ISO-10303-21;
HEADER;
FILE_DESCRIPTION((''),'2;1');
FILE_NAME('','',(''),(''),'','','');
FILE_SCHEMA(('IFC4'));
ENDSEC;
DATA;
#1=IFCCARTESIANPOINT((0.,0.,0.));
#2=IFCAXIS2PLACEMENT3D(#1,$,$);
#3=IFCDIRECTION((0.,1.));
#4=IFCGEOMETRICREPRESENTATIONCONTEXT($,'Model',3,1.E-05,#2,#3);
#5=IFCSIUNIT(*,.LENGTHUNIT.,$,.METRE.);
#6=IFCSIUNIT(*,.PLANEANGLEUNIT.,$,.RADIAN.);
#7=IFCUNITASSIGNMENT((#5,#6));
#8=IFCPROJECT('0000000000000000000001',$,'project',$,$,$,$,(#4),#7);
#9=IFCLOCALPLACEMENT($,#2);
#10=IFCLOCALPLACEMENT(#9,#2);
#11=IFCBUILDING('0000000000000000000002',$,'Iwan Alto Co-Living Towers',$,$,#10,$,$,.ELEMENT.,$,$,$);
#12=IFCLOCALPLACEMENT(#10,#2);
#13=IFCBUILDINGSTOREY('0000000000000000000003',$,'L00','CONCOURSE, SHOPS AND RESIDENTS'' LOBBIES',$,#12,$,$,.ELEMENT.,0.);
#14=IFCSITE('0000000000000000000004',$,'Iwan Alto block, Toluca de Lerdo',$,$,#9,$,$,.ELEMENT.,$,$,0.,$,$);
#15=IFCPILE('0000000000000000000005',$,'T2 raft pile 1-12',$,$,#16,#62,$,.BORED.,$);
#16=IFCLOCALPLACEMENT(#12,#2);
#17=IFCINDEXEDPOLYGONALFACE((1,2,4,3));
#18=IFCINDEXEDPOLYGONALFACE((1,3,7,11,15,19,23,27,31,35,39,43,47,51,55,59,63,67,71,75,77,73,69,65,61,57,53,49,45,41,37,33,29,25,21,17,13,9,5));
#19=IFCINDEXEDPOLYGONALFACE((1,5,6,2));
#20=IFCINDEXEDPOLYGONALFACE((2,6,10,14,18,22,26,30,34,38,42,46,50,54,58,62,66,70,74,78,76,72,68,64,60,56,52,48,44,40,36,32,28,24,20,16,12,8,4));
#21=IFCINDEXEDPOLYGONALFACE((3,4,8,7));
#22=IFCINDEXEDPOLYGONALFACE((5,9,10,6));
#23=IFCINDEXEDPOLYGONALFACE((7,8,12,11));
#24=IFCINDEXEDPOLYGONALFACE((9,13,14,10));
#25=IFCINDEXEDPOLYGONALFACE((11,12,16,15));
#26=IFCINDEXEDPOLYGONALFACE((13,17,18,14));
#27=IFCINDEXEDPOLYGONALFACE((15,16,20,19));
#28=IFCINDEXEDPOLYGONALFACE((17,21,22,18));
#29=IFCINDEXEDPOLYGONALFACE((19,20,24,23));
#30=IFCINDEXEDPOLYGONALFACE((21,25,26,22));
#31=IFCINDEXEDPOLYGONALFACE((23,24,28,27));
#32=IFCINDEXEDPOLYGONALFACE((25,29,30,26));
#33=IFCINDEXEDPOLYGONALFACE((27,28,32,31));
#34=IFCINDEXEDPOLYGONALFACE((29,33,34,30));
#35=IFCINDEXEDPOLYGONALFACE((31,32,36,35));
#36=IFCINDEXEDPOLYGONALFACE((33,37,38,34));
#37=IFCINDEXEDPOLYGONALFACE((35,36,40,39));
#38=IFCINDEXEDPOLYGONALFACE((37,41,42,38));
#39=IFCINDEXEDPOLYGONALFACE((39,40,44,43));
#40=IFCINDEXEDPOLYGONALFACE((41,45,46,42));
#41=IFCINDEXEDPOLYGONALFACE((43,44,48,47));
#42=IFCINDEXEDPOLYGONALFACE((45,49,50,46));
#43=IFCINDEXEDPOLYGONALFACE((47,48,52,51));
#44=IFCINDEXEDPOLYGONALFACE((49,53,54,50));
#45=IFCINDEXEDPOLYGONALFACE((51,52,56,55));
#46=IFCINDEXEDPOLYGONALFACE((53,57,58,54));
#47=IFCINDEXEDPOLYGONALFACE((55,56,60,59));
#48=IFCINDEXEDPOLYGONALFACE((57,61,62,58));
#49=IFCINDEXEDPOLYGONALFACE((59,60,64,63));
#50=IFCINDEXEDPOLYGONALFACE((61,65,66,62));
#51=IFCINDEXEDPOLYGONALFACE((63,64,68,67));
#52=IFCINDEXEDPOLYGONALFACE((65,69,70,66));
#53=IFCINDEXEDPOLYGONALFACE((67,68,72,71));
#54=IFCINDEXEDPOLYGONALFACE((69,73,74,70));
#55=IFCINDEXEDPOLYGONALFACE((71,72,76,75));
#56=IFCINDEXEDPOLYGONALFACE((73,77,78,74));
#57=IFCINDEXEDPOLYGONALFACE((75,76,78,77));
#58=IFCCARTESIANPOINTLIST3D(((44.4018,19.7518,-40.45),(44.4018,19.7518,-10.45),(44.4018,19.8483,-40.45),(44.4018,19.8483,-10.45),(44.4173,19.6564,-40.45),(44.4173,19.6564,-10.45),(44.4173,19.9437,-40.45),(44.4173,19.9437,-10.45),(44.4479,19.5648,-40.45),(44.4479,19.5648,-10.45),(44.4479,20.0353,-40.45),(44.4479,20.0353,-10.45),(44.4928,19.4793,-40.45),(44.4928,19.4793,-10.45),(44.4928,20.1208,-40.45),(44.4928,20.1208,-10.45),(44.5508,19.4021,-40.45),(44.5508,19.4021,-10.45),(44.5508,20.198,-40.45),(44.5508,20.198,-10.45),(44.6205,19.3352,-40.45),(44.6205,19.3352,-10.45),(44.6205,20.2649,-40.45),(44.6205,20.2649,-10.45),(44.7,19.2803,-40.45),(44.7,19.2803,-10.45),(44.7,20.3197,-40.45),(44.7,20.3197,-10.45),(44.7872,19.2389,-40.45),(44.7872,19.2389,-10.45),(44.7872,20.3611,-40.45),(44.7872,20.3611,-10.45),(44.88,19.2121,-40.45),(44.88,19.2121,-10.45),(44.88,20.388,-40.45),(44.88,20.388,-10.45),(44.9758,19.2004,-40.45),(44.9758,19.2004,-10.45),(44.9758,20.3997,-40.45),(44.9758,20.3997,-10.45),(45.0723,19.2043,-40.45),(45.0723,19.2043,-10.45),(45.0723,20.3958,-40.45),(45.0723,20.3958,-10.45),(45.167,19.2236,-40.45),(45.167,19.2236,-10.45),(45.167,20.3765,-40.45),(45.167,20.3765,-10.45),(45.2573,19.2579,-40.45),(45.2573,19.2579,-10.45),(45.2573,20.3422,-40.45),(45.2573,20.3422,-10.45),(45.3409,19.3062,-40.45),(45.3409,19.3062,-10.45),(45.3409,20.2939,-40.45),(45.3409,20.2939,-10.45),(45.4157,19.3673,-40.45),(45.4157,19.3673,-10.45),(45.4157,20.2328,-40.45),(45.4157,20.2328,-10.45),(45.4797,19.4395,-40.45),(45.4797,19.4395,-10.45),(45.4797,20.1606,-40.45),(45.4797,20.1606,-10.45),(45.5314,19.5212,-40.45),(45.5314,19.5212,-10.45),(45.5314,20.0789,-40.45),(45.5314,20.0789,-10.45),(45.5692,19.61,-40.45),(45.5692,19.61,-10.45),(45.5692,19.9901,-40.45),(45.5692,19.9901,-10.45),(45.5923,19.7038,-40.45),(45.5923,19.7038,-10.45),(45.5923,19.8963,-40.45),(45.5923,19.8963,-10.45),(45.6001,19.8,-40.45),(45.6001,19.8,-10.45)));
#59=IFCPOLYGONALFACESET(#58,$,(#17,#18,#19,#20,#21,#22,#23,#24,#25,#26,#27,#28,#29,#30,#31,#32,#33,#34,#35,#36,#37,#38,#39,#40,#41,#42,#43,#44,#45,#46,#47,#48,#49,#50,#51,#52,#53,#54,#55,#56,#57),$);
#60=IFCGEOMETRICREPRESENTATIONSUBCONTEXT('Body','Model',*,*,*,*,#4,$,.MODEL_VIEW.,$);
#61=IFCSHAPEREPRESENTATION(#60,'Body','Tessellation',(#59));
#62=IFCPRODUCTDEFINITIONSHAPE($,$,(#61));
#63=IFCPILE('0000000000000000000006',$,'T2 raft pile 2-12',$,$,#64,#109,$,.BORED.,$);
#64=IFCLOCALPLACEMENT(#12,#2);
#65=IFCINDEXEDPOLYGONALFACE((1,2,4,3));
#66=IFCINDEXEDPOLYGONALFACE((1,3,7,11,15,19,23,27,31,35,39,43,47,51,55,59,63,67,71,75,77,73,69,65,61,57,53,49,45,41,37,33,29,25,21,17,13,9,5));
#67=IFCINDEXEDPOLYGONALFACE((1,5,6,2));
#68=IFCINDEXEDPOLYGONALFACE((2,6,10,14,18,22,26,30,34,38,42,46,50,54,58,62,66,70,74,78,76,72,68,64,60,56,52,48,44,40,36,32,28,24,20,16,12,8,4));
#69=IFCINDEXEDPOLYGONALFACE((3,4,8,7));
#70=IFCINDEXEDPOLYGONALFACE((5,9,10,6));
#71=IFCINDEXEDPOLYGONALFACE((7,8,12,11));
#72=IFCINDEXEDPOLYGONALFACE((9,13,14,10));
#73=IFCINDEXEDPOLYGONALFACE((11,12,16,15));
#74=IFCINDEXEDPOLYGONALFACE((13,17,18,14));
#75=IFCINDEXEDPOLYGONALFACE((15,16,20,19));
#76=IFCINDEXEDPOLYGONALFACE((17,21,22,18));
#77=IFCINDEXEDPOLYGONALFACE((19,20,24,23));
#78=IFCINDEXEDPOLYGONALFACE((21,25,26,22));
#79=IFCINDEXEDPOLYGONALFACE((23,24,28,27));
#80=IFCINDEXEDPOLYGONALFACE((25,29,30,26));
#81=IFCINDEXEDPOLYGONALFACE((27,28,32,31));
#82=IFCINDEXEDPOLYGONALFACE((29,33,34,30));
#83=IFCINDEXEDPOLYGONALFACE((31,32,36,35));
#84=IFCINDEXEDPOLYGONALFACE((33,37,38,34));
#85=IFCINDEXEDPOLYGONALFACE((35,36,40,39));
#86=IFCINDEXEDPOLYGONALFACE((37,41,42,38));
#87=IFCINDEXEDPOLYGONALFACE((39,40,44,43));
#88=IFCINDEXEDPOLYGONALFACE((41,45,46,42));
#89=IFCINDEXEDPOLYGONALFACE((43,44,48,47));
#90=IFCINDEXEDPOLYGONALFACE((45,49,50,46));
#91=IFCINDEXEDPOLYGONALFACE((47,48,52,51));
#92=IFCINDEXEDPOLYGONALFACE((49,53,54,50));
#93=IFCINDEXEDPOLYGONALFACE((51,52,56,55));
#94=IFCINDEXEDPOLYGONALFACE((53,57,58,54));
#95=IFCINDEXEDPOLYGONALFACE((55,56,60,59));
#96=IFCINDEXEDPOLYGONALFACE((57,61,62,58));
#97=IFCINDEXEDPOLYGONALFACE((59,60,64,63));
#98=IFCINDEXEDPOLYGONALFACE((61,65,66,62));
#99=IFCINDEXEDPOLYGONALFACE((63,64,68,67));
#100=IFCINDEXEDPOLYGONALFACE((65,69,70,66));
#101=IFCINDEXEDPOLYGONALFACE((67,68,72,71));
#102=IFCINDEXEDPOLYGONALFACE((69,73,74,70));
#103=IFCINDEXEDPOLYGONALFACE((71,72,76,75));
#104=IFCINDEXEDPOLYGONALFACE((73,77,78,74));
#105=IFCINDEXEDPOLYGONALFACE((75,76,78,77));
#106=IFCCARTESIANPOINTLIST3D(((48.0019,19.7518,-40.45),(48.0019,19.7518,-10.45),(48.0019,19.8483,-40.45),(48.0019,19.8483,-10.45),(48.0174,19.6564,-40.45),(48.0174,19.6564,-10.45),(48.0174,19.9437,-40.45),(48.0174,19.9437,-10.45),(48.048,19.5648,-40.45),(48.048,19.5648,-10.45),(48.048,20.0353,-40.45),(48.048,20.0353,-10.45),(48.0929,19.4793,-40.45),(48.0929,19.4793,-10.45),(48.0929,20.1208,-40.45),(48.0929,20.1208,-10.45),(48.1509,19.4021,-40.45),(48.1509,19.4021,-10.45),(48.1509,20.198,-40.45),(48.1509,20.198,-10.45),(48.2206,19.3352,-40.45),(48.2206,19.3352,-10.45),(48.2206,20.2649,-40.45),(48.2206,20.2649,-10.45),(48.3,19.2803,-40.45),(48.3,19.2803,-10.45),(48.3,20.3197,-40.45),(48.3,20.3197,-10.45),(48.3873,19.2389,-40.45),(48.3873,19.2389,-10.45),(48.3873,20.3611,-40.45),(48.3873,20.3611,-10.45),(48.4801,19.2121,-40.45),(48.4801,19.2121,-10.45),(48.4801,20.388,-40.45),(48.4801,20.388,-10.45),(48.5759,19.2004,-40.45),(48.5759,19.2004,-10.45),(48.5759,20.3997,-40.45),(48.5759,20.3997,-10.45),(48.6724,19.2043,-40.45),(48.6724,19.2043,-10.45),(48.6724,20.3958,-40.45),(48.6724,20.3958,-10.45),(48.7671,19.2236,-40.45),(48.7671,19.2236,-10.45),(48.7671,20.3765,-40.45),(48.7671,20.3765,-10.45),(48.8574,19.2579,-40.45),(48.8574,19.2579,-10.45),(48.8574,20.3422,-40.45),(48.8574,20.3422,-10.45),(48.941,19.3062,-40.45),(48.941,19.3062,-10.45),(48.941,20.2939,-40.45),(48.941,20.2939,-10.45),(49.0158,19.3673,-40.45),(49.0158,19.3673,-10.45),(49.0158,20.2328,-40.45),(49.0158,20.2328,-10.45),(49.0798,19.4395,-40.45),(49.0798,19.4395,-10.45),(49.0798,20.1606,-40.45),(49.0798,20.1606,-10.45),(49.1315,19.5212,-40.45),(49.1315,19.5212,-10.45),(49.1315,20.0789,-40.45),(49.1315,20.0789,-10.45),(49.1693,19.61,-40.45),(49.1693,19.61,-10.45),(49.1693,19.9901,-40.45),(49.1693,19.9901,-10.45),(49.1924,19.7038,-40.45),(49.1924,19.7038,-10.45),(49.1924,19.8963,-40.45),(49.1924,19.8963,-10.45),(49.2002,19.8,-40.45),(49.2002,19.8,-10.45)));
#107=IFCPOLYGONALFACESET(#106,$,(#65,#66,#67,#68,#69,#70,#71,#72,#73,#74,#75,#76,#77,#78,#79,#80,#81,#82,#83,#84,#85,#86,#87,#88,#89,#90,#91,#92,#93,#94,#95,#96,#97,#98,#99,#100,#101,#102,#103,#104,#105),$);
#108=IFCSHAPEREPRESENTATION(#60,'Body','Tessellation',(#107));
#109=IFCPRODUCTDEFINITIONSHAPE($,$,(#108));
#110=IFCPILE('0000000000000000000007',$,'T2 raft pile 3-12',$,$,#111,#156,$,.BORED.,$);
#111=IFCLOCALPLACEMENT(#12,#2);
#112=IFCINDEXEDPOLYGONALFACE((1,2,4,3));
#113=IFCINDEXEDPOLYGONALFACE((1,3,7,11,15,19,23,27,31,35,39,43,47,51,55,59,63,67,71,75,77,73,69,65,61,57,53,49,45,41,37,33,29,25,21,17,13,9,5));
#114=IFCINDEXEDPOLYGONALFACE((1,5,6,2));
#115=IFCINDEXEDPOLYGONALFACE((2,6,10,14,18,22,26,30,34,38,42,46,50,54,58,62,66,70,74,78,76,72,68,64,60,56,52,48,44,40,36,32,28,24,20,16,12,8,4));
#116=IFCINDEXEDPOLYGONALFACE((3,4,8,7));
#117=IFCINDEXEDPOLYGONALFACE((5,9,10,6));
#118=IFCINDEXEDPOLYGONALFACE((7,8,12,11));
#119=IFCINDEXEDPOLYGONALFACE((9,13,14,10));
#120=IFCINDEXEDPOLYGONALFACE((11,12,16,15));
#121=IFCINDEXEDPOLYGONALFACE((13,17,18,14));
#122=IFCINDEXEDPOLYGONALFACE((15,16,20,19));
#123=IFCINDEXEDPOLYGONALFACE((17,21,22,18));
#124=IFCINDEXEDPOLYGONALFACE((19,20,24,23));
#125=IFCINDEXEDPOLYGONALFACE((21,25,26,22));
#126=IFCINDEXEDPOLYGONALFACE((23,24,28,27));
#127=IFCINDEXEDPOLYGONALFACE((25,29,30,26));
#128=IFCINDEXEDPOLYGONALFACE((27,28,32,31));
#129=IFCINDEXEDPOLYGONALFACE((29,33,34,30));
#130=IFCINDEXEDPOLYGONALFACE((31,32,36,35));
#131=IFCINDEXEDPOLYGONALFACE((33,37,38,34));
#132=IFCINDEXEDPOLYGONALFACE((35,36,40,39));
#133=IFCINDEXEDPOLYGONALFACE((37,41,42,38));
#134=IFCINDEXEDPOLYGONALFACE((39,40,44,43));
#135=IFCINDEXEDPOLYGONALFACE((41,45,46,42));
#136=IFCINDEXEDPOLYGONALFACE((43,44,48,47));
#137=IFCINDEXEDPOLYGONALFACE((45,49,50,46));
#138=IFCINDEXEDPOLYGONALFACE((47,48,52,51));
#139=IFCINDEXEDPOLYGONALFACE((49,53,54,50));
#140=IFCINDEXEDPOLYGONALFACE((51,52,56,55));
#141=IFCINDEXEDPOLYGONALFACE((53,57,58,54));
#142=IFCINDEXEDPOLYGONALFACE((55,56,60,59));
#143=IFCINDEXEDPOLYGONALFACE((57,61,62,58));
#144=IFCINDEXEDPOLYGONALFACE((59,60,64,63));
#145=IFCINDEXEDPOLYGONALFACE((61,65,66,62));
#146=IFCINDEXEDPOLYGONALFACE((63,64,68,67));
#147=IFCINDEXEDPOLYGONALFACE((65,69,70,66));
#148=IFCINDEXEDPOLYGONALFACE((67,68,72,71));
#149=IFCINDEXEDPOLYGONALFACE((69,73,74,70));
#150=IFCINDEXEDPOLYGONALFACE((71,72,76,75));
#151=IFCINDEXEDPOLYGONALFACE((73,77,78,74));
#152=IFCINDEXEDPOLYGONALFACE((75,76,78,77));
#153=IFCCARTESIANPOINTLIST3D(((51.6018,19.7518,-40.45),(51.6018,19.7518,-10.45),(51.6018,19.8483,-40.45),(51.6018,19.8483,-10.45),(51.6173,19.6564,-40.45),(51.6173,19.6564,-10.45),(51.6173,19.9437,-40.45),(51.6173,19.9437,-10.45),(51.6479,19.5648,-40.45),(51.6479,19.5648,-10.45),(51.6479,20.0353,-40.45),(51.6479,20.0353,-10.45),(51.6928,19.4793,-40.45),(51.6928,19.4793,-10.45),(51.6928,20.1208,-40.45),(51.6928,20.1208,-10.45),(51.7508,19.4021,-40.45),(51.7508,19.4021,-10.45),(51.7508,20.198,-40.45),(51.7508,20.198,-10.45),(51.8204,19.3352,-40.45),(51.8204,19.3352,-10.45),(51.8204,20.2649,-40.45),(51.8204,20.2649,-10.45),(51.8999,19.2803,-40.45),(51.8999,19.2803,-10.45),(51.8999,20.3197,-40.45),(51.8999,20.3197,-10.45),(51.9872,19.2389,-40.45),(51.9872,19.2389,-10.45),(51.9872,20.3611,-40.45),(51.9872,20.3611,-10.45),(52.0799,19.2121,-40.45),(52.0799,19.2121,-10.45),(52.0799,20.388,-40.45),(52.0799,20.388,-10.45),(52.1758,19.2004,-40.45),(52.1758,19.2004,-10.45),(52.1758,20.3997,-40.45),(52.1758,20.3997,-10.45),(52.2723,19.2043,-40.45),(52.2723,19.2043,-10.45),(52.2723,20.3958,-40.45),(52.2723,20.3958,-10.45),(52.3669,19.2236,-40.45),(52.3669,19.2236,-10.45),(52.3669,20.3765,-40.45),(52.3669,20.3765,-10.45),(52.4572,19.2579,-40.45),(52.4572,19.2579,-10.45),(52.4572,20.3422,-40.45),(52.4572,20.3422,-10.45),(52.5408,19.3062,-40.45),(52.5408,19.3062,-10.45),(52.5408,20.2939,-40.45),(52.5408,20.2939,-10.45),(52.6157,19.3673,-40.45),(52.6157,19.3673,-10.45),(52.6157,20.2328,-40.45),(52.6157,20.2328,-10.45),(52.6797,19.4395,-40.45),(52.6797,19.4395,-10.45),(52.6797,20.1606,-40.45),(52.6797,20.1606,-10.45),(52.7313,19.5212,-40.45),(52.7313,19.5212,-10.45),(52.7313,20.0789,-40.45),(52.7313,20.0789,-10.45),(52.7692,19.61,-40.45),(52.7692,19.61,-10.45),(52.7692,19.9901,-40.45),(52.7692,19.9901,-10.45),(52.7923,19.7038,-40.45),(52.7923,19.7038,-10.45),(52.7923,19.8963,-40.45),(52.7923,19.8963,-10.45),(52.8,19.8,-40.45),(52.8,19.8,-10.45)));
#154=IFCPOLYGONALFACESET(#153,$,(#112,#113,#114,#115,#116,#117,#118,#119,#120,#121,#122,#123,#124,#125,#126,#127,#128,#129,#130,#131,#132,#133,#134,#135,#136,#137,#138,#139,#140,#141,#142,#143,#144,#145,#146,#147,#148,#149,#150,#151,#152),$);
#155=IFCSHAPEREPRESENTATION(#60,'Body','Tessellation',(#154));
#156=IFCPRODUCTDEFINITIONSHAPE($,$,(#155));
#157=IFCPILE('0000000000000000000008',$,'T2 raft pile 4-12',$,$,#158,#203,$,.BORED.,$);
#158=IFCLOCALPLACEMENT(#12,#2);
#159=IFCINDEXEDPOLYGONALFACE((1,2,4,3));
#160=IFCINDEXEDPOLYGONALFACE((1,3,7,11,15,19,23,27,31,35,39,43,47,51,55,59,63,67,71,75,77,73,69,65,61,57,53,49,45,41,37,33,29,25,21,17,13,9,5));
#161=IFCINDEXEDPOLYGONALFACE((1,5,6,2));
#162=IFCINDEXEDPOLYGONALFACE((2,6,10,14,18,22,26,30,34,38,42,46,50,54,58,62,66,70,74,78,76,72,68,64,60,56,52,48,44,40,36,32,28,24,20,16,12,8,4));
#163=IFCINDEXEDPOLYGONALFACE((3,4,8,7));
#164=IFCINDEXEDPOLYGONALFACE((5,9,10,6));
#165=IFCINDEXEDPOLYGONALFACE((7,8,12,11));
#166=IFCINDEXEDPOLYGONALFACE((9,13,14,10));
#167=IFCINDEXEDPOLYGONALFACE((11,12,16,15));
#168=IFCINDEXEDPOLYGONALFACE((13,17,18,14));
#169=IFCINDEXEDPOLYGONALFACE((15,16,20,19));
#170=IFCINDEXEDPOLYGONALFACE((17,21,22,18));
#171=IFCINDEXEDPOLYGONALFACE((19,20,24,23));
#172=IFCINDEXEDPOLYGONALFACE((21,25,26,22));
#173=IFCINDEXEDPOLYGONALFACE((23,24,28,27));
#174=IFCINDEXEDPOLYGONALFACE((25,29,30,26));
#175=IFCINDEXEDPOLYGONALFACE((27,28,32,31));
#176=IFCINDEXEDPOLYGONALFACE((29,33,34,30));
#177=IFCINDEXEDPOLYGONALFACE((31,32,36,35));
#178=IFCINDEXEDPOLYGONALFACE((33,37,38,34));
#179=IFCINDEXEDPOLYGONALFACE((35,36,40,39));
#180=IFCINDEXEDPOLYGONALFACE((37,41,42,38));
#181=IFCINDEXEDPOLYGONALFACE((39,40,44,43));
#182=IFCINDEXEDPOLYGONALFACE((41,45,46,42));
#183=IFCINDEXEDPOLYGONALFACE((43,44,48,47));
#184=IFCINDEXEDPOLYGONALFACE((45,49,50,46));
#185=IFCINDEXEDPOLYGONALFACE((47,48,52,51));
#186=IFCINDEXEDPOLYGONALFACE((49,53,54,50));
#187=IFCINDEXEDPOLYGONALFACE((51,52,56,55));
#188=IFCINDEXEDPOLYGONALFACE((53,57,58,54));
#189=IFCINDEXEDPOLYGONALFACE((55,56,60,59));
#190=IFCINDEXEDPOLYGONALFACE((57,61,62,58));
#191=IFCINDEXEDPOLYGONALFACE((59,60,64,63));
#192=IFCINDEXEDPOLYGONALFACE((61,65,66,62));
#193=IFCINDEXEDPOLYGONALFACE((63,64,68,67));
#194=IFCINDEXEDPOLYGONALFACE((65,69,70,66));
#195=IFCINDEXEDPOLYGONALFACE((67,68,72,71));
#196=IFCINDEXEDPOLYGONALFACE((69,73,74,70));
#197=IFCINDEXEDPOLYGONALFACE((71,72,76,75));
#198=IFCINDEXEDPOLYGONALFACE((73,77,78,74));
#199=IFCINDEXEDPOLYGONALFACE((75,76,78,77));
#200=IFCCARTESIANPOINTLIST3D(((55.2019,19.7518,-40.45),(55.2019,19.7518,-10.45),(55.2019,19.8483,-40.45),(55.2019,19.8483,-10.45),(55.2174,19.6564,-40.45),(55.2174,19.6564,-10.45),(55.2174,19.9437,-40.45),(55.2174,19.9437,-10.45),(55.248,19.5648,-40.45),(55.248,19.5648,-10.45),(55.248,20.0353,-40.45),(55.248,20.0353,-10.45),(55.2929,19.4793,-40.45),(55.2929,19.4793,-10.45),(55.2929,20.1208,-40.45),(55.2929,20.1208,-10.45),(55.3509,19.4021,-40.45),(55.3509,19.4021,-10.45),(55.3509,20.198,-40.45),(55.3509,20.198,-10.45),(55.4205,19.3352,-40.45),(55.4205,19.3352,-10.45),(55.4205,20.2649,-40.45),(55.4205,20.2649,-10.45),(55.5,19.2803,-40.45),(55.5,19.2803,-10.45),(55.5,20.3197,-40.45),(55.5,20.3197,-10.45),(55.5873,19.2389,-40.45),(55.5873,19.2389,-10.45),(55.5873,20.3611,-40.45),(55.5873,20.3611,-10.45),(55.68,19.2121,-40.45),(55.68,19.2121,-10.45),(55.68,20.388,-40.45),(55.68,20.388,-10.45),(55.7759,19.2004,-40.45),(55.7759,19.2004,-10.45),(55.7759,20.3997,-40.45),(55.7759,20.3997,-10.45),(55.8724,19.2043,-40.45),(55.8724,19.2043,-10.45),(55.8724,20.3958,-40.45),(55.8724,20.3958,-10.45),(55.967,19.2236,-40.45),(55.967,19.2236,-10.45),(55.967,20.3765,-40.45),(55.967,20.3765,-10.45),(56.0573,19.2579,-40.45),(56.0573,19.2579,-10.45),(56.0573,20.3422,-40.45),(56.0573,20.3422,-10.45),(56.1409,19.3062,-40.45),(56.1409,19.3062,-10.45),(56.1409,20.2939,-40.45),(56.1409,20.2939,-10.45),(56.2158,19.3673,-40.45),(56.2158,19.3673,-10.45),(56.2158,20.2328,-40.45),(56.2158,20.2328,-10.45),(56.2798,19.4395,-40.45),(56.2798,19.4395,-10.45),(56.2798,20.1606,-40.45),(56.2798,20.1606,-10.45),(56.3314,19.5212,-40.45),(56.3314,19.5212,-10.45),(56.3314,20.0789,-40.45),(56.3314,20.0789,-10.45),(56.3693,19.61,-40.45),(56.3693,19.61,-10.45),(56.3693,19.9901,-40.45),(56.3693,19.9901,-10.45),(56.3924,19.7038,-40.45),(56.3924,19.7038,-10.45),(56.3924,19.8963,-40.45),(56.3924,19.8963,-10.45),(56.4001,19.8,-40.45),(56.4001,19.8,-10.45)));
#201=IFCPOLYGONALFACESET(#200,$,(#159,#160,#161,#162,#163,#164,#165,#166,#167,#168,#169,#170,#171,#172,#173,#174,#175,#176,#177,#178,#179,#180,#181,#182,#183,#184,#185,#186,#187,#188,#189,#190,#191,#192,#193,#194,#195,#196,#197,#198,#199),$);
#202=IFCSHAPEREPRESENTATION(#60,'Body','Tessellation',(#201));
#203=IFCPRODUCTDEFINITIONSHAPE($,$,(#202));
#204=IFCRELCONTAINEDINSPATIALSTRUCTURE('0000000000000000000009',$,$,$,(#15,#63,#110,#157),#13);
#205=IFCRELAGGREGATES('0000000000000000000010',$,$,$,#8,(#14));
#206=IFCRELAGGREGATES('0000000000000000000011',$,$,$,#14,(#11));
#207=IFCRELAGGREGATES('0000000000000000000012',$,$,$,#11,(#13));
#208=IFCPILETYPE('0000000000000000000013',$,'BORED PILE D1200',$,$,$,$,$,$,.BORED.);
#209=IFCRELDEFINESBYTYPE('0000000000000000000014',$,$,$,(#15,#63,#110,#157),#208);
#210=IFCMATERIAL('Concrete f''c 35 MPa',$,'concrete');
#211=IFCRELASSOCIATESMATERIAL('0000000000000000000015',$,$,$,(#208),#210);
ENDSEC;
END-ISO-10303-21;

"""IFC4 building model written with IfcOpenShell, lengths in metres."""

from ifc_helpers import new_model, si_unit, direction, frame, origin, origin_2d, place, context, subcontext, project, spatial, circle, extrude, material, material_profile, profile_set, type_object, element, save


model = new_model("IFC4")

# Units and contexts
model_context = context("Model", 3, precision=1e-05, world=origin(), true_north=direction((0.0, 1.0)))
body_context = subcontext(model_context, "Body", "Model", "MODEL_VIEW")
ifc_project = project(units=[si_unit("LENGTHUNIT", "METRE"), si_unit("PLANEANGLEUNIT", "RADIAN")], contexts=[model_context])

# Site, building, storey
site_placement = place(None, origin())
site = spatial("IfcSite", under=ifc_project, at=site_placement, Name="Iwan Alto block, Toluca de Lerdo", CompositionType="ELEMENT", RefElevation=0.0)
building_placement = place(site_placement, origin())
building = spatial("IfcBuilding", under=site, at=building_placement, Name="Iwan Alto Co-Living Towers", CompositionType="ELEMENT")
storey_placement = place(building_placement, origin())
storey = spatial("IfcBuildingStorey", under=building, at=storey_placement, Name="L00", Description="CONCOURSE, SHOPS AND RESIDENTS' LOBBIES", CompositionType="ELEMENT", Elevation=0.0)

# Piles
ifc_material_1 = material(Name="Concrete f'c 35 MPa", Category="concrete")
ifc_material_profile_1 = material_profile(ifc_material_1, circle(Radius=0.6001, at=origin_2d()), Name="D1200")
ifc_profile_set_1 = profile_set([ifc_material_profile_1], Name="Concrete f'c 35 MPa")
pile_type_1 = type_object("IfcPileType", Name="BORED PILE D1200", PredefinedType="BORED", material=ifc_profile_set_1)
for number, where, z_axis, x_axis, name in (
    (1, (45.0, 19.8, -10.45), (0.0, 0.0, -1.0), (1.0, 0.0, 0.0), "T2 raft pile 1-12"),
    (2, (48.6001, 19.8, -10.45), (0.0, 0.0, -1.0), (1.0, 0.0, 0.0), "T2 raft pile 2-12"),
    (3, (52.2, 19.8, -10.45), (0.0, 0.0, -1.0), (1.0, 0.0, 0.0), "T2 raft pile 3-12"),
    (4, (55.8, 19.8, -10.45), (0.0, 0.0, -1.0), (1.0, 0.0, 0.0), "T2 raft pile 4-12"),
):
    element("IfcPile", number, at=place(storey_placement, frame(where, z_axis=z_axis, x_axis=x_axis)), inside=storey, type_object=pile_type_1, Name=name, PredefinedType="BORED", context=body_context, shape_type="SweptSolid", body=[
        extrude(circle(Radius=0.6001, at=origin_2d()), origin(), (0.0, 0.0, 1.0), 30.0),
    ])

save(model, "model.ifc")
